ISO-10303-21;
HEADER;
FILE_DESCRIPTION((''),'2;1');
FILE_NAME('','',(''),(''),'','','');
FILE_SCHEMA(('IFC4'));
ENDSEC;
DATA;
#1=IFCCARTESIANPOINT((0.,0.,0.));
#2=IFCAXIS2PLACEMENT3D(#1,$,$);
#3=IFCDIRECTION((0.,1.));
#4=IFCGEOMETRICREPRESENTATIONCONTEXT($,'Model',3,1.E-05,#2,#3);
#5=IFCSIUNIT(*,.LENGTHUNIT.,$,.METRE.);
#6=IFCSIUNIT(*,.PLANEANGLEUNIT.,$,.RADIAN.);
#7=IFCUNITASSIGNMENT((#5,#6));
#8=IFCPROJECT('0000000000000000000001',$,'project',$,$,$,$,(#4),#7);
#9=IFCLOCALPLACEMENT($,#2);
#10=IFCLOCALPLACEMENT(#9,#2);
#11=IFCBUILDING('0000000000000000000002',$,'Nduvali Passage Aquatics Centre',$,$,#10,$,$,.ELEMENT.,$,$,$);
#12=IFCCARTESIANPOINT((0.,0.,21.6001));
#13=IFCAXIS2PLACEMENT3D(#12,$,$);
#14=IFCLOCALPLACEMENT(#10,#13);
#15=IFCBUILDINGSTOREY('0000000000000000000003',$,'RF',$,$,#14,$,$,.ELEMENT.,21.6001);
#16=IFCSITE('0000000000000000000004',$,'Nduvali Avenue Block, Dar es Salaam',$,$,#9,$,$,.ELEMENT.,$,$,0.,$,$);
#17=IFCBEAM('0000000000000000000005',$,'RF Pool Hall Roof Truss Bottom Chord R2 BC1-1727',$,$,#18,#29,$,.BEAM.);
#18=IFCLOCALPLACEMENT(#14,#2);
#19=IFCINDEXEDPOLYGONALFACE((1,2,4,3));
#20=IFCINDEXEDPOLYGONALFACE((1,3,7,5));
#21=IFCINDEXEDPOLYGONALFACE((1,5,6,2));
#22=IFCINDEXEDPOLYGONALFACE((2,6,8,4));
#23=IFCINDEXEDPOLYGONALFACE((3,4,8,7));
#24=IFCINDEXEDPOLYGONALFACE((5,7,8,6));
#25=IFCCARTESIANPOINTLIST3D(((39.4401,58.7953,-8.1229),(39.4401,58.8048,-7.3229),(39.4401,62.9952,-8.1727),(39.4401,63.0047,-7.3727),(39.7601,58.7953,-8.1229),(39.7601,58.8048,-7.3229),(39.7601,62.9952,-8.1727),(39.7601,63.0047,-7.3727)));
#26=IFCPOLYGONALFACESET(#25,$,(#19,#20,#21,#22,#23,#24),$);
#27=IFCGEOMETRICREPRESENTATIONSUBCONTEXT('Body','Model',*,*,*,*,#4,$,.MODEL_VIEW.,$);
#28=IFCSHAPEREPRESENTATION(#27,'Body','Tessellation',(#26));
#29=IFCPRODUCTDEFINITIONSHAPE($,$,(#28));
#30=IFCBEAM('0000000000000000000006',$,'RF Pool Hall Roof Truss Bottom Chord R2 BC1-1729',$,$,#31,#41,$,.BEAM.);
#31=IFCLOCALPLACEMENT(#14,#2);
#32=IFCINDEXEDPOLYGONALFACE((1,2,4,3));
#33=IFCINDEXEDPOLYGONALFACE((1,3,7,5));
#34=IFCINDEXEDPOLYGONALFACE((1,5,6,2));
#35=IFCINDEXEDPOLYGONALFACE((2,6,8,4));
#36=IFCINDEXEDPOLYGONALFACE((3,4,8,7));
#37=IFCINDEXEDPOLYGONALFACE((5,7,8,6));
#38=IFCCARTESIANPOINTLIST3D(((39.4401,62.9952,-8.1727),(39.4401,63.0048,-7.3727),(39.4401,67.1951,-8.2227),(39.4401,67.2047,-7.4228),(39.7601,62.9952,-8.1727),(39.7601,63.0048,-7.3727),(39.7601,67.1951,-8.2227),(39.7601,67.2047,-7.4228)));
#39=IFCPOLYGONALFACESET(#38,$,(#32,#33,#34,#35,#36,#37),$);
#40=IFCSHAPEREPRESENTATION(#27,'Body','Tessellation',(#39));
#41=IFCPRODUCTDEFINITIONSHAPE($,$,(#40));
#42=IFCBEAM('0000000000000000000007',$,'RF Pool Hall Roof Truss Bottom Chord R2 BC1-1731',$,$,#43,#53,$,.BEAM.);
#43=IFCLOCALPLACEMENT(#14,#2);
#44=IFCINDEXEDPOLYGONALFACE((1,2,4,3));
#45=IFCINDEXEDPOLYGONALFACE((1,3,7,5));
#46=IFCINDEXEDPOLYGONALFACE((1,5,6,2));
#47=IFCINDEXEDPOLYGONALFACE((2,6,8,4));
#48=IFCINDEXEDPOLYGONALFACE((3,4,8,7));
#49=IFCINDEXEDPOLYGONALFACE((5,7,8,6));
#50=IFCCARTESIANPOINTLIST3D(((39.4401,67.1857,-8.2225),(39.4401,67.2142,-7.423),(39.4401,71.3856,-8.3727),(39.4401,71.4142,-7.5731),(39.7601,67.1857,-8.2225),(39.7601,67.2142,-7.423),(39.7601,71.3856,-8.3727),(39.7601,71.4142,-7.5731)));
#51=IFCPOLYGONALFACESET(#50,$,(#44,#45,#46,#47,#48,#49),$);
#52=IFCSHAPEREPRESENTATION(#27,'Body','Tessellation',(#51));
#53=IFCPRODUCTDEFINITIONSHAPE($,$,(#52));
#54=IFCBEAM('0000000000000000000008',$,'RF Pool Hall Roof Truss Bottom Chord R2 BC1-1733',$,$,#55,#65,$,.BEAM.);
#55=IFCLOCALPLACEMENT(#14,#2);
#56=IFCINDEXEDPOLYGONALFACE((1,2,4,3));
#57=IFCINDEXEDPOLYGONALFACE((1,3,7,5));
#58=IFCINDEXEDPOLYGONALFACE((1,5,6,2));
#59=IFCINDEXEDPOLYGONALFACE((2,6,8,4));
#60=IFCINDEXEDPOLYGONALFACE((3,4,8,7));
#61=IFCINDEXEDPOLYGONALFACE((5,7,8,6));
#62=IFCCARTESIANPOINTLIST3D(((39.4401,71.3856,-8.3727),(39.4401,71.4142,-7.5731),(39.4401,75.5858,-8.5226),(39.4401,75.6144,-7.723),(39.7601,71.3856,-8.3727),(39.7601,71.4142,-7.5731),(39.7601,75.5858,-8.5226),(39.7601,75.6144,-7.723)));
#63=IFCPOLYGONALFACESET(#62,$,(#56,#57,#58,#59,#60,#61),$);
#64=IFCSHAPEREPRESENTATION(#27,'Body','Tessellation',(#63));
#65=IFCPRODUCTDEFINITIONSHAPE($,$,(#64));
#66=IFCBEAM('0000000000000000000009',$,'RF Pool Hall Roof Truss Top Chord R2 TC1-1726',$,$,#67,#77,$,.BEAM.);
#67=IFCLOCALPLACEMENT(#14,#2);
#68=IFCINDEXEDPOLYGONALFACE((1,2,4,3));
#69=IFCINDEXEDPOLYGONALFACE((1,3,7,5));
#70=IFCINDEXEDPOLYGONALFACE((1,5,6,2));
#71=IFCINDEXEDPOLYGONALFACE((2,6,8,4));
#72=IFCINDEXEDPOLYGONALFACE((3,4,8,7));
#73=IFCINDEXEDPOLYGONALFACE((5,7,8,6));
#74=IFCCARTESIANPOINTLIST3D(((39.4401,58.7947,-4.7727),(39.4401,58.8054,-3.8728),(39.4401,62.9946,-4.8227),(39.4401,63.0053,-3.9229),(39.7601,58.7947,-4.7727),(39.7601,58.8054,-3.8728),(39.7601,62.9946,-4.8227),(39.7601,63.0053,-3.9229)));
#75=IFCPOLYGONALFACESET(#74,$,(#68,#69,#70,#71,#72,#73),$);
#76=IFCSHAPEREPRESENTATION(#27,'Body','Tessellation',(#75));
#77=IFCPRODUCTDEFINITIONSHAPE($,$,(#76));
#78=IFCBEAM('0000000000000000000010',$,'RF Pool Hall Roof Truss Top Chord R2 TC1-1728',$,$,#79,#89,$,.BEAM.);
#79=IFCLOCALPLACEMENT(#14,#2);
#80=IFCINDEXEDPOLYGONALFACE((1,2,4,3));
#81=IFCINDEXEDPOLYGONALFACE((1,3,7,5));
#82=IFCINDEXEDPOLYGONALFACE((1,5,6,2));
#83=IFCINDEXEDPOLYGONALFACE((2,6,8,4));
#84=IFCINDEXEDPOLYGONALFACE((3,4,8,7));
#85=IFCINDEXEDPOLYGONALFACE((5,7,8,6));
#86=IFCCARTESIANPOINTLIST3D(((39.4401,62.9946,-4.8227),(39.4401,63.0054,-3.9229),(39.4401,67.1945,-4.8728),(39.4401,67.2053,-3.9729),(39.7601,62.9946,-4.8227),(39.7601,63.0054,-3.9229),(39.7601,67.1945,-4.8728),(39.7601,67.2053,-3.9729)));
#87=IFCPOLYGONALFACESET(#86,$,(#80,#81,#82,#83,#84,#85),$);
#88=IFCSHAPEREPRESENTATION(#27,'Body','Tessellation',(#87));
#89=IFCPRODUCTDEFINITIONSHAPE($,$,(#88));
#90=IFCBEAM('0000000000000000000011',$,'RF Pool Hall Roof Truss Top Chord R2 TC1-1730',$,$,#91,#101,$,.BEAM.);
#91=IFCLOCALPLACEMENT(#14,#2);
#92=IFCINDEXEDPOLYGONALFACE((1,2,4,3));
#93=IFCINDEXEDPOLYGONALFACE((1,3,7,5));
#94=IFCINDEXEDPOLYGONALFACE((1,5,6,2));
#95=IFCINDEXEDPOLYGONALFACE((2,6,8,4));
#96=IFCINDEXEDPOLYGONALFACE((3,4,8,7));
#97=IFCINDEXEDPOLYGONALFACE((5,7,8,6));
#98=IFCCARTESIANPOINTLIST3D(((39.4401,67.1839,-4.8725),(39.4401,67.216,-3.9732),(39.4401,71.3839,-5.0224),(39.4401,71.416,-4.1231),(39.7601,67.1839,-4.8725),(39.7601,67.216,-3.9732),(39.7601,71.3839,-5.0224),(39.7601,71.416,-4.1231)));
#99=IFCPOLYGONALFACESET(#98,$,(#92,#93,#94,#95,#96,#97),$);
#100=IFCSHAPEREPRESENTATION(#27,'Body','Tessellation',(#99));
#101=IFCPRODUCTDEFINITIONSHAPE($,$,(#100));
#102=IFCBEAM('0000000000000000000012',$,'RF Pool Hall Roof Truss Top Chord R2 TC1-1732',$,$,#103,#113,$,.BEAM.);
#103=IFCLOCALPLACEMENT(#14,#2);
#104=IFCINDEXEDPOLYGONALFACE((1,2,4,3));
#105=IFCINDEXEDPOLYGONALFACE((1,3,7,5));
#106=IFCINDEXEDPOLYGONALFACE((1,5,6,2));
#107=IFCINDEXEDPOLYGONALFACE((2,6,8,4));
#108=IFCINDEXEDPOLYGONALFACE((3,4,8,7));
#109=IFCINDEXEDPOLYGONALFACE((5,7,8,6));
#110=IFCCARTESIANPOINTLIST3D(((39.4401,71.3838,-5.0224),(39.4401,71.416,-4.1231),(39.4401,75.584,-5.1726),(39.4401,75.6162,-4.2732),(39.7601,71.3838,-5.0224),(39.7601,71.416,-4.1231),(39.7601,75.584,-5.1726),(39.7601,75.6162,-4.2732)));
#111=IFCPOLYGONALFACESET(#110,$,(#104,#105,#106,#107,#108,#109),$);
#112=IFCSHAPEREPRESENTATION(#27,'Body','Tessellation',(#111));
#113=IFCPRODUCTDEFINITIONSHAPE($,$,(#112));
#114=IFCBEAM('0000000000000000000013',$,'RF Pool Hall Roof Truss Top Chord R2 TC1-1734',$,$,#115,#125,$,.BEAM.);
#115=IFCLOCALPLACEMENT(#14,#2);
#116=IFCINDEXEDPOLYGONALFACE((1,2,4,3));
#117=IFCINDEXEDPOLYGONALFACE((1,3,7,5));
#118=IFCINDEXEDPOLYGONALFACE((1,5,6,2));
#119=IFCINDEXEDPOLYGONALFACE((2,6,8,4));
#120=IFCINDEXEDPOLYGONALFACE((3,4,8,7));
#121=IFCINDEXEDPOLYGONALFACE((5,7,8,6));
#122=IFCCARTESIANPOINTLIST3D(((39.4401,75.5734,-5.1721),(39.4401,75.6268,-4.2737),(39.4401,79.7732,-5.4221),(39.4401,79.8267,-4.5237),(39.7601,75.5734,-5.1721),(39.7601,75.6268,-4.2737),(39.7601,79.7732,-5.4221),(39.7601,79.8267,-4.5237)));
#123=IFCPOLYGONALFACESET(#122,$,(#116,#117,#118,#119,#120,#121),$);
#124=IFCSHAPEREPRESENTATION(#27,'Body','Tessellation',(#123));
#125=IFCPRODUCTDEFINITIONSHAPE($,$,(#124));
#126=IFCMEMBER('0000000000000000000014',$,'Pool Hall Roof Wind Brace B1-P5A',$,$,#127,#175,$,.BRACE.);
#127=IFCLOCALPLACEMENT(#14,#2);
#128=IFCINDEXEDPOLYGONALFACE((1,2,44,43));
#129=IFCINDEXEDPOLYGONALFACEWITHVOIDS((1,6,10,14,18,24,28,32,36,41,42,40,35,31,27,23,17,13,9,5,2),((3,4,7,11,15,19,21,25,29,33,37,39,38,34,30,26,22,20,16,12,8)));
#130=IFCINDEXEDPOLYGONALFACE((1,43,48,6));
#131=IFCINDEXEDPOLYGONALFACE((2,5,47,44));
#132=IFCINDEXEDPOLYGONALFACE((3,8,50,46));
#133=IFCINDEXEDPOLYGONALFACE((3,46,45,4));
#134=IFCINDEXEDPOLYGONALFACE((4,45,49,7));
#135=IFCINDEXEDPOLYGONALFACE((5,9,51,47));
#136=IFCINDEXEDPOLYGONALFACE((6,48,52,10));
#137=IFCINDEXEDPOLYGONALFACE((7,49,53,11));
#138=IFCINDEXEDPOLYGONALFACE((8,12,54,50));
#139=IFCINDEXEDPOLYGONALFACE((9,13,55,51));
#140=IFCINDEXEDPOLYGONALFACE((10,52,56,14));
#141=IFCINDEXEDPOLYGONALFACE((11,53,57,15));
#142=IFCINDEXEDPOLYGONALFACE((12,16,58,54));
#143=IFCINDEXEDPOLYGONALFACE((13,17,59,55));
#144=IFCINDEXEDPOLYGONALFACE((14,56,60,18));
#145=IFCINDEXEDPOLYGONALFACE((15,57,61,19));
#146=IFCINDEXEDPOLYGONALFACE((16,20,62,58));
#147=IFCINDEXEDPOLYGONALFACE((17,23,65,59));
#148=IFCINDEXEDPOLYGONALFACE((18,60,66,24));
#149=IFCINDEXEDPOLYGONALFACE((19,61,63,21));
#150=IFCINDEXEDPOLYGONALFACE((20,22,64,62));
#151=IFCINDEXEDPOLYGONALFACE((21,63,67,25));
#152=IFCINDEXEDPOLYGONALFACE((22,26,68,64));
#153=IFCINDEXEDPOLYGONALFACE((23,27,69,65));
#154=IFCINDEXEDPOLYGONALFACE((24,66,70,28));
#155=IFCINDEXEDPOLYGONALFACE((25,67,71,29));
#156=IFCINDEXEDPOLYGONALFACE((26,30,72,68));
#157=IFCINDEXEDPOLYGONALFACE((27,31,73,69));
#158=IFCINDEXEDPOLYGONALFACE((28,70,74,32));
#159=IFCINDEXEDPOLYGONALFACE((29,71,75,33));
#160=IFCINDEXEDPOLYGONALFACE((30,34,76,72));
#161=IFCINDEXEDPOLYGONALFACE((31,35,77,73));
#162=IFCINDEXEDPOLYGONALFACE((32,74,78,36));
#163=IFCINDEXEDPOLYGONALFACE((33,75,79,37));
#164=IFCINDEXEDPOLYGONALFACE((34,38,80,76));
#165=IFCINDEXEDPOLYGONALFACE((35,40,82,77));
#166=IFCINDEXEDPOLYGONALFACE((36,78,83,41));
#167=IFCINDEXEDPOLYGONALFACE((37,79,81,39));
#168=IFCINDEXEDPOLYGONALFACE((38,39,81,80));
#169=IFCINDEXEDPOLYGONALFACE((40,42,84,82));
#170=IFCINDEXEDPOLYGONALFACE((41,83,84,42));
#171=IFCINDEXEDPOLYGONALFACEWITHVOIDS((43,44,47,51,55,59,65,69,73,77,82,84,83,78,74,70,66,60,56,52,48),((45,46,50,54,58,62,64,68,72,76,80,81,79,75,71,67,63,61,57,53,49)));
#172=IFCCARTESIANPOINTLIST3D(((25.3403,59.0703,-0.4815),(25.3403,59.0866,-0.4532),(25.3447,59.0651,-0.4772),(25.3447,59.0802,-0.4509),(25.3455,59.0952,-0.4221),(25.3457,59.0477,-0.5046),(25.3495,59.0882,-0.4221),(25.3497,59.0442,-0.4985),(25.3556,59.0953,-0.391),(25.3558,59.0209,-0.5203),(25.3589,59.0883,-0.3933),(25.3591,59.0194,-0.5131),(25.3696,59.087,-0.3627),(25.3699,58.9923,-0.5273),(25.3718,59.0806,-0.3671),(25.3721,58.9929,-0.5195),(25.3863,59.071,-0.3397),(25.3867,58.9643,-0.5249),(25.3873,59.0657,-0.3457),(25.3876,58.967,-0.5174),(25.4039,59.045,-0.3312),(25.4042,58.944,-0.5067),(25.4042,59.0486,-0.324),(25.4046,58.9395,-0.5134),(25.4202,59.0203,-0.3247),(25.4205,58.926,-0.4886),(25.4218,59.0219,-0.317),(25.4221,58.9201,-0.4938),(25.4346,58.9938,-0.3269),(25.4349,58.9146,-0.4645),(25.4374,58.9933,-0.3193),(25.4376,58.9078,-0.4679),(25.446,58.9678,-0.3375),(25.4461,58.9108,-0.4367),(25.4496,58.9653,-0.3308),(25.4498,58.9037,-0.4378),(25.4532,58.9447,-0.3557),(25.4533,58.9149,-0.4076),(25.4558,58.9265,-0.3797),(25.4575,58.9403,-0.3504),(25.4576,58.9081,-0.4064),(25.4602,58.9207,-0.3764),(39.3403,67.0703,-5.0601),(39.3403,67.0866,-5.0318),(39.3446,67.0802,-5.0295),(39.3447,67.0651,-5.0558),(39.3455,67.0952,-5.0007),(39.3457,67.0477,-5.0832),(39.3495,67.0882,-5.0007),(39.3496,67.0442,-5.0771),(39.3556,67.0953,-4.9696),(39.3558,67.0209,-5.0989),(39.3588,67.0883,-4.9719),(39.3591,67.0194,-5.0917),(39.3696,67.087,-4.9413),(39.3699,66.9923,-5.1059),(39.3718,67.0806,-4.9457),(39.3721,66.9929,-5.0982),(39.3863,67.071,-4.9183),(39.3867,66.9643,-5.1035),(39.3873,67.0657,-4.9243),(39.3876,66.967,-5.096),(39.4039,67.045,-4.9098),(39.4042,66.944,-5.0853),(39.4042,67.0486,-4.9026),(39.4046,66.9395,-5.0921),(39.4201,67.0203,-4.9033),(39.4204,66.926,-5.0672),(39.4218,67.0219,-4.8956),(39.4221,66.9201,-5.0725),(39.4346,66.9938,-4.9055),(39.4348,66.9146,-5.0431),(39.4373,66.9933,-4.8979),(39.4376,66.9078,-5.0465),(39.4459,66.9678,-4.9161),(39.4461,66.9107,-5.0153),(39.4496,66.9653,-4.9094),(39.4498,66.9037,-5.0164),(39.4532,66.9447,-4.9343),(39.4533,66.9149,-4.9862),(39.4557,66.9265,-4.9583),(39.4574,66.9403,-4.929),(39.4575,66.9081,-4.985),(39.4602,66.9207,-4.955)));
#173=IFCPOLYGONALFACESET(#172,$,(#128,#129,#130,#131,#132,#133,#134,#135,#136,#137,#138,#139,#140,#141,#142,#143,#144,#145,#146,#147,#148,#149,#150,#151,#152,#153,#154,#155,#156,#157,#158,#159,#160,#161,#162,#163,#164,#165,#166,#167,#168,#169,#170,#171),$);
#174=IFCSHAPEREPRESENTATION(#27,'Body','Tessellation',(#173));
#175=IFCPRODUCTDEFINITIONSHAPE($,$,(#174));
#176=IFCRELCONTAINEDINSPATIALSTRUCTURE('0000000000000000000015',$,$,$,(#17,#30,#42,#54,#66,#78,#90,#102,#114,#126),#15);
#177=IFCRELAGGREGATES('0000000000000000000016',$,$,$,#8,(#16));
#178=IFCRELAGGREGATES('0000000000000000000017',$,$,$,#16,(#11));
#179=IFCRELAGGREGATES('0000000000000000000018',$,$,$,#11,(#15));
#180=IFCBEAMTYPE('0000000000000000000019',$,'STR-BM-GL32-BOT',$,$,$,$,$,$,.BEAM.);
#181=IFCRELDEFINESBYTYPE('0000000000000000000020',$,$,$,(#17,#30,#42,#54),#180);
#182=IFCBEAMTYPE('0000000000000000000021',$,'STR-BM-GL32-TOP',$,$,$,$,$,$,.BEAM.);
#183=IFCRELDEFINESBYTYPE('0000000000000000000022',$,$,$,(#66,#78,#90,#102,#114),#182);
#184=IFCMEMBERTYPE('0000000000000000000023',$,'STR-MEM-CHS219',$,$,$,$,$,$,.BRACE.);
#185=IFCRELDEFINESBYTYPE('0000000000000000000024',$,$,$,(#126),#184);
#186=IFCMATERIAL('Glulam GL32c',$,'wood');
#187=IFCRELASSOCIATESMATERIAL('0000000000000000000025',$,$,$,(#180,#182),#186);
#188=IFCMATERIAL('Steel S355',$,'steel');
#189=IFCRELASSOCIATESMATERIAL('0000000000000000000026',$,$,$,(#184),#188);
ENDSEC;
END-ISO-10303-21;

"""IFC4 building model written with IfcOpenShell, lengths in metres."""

from ifc_helpers import new_model, si_unit, direction, frame, origin, origin_2d, place, context, subcontext, project, spatial, rectangle, hollow_circle, extrude, material, material_profile, profile_set, type_object, element, save


model = new_model("IFC4")

# Units and contexts
model_context = context("Model", 3, precision=1e-05, world=origin(), true_north=direction((0.0, 1.0)))
body_context = subcontext(model_context, "Body", "Model", "MODEL_VIEW")
ifc_project = project(units=[si_unit("LENGTHUNIT", "METRE"), si_unit("PLANEANGLEUNIT", "RADIAN")], contexts=[model_context])

# Site, building, storey
site_placement = place(None, origin())
site = spatial("IfcSite", under=ifc_project, at=site_placement, Name="Nduvali Avenue Block, Dar es Salaam", CompositionType="ELEMENT", RefElevation=0.0)
building_placement = place(site_placement, origin())
building = spatial("IfcBuilding", under=site, at=building_placement, Name="Nduvali Passage Aquatics Centre", CompositionType="ELEMENT")
storey_placement = place(building_placement, frame((0.0, 0.0, 21.6001)))
storey = spatial("IfcBuildingStorey", under=building, at=storey_placement, Name="RF", CompositionType="ELEMENT", Elevation=21.6001)

# Beams
ifc_material_1 = material(Name="Glulam GL32c", Category="wood")
ifc_material_profile_1 = material_profile(ifc_material_1, rectangle(XDim=0.3201, YDim=0.8, at=origin_2d()), Name="GL32c 320x800")
ifc_profile_set_1 = profile_set([ifc_material_profile_1], Name="Glulam GL32c")
beam_type_1 = type_object("IfcBeamType", Name="STR-BM-GL32-BOT", PredefinedType="BEAM", material=ifc_profile_set_1)
for number, where, z_axis, x_axis, name in (
    (1, (39.6001, 58.8, -7.7229), (0.0, 0.99993, -0.011858), (-1.0, 0.0, 0.0), "RF Pool Hall Roof Truss Bottom Chord R2 BC1-1727"),
    (2, (39.6001, 63.0, -7.7727), (0.0, 0.999929, -0.011916), (-1.0, 0.0, 0.0), "RF Pool Hall Roof Truss Bottom Chord R2 BC1-1729"),
):
    element("IfcBeam", number, at=place(storey_placement, frame(where, z_axis=z_axis, x_axis=x_axis)), inside=storey, type_object=beam_type_1, Name=name, PredefinedType="BEAM", context=body_context, shape_type="SweptSolid", body=[
        extrude(rectangle(XDim=0.3201, YDim=0.8, at=origin_2d()), origin(), (0.0, 0.0, 1.0), 4.2002),
    ])
beam_1_placement = place(storey_placement, frame((39.6001, 67.2, -7.8228), z_axis=(0.0, 0.999362, -0.035727), x_axis=(-1.0, 0.0, 0.0)))
element("IfcBeam", 3, at=beam_1_placement, inside=storey, type_object=beam_type_1, Name="RF Pool Hall Roof Truss Bottom Chord R2 BC1-1731", PredefinedType="BEAM", context=body_context, shape_type="SweptSolid", body=[
    extrude(rectangle(XDim=0.3201, YDim=0.8, at=origin_2d()), origin(), (0.0, 0.0, 1.0), 4.2026),
])
beam_2_placement = place(storey_placement, frame((39.6001, 71.3999, -7.9729), z_axis=(0.0, 0.999364, -0.035667), x_axis=(-1.0, 0.0, 0.0)))
element("IfcBeam", 4, at=beam_2_placement, inside=storey, type_object=beam_type_1, Name="RF Pool Hall Roof Truss Bottom Chord R2 BC1-1733", PredefinedType="BEAM", context=body_context, shape_type="SweptSolid", body=[
    extrude(rectangle(XDim=0.3201, YDim=0.8, at=origin_2d()), origin(), (0.0, 0.0, 1.0), 4.2029),
])
ifc_material_profile_2 = material_profile(ifc_material_1, rectangle(XDim=0.3201, YDim=0.8999, at=origin_2d()), Name="GL32c 320x900")
ifc_profile_set_2 = profile_set([ifc_material_profile_2], Name="Glulam GL32c")
beam_type_2 = type_object("IfcBeamType", Name="STR-BM-GL32-TOP", PredefinedType="BEAM", material=ifc_profile_set_2)
for number, where, z_axis, x_axis, name in (
    (5, (39.6001, 58.8, -4.3228), (0.0, 0.999929, -0.011916), (-1.0, 0.0, 0.0), "RF Pool Hall Roof Truss Top Chord R2 TC1-1726"),
    (6, (39.6001, 63.0, -4.3728), (0.0, 0.999929, -0.011916), (-1.0, 0.0, 0.0), "RF Pool Hall Roof Truss Top Chord R2 TC1-1728"),
):
    element("IfcBeam", number, at=place(storey_placement, frame(where, z_axis=z_axis, x_axis=x_axis)), inside=storey, type_object=beam_type_2, Name=name, PredefinedType="BEAM", context=body_context, shape_type="SweptSolid", body=[
        extrude(rectangle(XDim=0.3201, YDim=0.8999, at=origin_2d()), origin(), (0.0, 0.0, 1.0), 4.2002),
    ])
beam_3_placement = place(storey_placement, frame((39.6001, 67.2, -4.4229), z_axis=(0.0, 0.999364, -0.035669), x_axis=(-1.0, 0.0, 0.0)))
element("IfcBeam", 7, at=beam_3_placement, inside=storey, type_object=beam_type_2, Name="RF Pool Hall Roof Truss Top Chord R2 TC1-1730", PredefinedType="BEAM", context=body_context, shape_type="SweptSolid", body=[
    extrude(rectangle(XDim=0.3201, YDim=0.8999, at=origin_2d()), origin(), (0.0, 0.0, 1.0), 4.2026),
])
beam_4_placement = place(storey_placement, frame((39.6001, 71.3999, -4.5728), z_axis=(0.0, 0.999362, -0.035725), x_axis=(-1.0, 0.0, 0.0)))
element("IfcBeam", 8, at=beam_4_placement, inside=storey, type_object=beam_type_2, Name="RF Pool Hall Roof Truss Top Chord R2 TC1-1732", PredefinedType="BEAM", context=body_context, shape_type="SweptSolid", body=[
    extrude(rectangle(XDim=0.3201, YDim=0.8999, at=origin_2d()), origin(), (0.0, 0.0, 1.0), 4.2029),
])
beam_5_placement = place(storey_placement, frame((39.6001, 75.6001, -4.7229), z_axis=(0.0, 0.998233, -0.059419), x_axis=(-1.0, 0.0, 0.0)))
element("IfcBeam", 9, at=beam_5_placement, inside=storey, type_object=beam_type_2, Name="RF Pool Hall Roof Truss Top Chord R2 TC1-1734", PredefinedType="BEAM", context=body_context, shape_type="SweptSolid", body=[
    extrude(rectangle(XDim=0.3201, YDim=0.8999, at=origin_2d()), origin(), (0.0, 0.0, 1.0), 4.2073),
])

# Member
ifc_material_2 = material(Name="Steel S355", Category="steel")
ifc_material_profile_3 = material_profile(ifc_material_2, hollow_circle(Radius=0.1096, WallThickness=0.0081, at=origin_2d()), Name="CHS 219.1x8.0")
ifc_profile_set_3 = profile_set([ifc_material_profile_3], Name="Steel S355")
member_type_1 = type_object("IfcMemberType", Name="STR-MEM-CHS219", PredefinedType="BRACE", material=ifc_profile_set_3)
member_1_placement = place(storey_placement, frame((25.3999, 59.0, -0.4221), z_axis=(0.835224, 0.477271, -0.273155), x_axis=(-0.496139, 0.868243, 0.0)))
element("IfcMember", 10, at=member_1_placement, inside=storey, type_object=member_type_1, Name="Pool Hall Roof Wind Brace B1-P5A", PredefinedType="BRACE", context=body_context, shape_type="SweptSolid", body=[
    extrude(hollow_circle(Radius=0.1096, WallThickness=0.0081, at=origin_2d()), origin(), (0.0, 0.0, 1.0), 16.762),
])

save(model, "model.ifc")
